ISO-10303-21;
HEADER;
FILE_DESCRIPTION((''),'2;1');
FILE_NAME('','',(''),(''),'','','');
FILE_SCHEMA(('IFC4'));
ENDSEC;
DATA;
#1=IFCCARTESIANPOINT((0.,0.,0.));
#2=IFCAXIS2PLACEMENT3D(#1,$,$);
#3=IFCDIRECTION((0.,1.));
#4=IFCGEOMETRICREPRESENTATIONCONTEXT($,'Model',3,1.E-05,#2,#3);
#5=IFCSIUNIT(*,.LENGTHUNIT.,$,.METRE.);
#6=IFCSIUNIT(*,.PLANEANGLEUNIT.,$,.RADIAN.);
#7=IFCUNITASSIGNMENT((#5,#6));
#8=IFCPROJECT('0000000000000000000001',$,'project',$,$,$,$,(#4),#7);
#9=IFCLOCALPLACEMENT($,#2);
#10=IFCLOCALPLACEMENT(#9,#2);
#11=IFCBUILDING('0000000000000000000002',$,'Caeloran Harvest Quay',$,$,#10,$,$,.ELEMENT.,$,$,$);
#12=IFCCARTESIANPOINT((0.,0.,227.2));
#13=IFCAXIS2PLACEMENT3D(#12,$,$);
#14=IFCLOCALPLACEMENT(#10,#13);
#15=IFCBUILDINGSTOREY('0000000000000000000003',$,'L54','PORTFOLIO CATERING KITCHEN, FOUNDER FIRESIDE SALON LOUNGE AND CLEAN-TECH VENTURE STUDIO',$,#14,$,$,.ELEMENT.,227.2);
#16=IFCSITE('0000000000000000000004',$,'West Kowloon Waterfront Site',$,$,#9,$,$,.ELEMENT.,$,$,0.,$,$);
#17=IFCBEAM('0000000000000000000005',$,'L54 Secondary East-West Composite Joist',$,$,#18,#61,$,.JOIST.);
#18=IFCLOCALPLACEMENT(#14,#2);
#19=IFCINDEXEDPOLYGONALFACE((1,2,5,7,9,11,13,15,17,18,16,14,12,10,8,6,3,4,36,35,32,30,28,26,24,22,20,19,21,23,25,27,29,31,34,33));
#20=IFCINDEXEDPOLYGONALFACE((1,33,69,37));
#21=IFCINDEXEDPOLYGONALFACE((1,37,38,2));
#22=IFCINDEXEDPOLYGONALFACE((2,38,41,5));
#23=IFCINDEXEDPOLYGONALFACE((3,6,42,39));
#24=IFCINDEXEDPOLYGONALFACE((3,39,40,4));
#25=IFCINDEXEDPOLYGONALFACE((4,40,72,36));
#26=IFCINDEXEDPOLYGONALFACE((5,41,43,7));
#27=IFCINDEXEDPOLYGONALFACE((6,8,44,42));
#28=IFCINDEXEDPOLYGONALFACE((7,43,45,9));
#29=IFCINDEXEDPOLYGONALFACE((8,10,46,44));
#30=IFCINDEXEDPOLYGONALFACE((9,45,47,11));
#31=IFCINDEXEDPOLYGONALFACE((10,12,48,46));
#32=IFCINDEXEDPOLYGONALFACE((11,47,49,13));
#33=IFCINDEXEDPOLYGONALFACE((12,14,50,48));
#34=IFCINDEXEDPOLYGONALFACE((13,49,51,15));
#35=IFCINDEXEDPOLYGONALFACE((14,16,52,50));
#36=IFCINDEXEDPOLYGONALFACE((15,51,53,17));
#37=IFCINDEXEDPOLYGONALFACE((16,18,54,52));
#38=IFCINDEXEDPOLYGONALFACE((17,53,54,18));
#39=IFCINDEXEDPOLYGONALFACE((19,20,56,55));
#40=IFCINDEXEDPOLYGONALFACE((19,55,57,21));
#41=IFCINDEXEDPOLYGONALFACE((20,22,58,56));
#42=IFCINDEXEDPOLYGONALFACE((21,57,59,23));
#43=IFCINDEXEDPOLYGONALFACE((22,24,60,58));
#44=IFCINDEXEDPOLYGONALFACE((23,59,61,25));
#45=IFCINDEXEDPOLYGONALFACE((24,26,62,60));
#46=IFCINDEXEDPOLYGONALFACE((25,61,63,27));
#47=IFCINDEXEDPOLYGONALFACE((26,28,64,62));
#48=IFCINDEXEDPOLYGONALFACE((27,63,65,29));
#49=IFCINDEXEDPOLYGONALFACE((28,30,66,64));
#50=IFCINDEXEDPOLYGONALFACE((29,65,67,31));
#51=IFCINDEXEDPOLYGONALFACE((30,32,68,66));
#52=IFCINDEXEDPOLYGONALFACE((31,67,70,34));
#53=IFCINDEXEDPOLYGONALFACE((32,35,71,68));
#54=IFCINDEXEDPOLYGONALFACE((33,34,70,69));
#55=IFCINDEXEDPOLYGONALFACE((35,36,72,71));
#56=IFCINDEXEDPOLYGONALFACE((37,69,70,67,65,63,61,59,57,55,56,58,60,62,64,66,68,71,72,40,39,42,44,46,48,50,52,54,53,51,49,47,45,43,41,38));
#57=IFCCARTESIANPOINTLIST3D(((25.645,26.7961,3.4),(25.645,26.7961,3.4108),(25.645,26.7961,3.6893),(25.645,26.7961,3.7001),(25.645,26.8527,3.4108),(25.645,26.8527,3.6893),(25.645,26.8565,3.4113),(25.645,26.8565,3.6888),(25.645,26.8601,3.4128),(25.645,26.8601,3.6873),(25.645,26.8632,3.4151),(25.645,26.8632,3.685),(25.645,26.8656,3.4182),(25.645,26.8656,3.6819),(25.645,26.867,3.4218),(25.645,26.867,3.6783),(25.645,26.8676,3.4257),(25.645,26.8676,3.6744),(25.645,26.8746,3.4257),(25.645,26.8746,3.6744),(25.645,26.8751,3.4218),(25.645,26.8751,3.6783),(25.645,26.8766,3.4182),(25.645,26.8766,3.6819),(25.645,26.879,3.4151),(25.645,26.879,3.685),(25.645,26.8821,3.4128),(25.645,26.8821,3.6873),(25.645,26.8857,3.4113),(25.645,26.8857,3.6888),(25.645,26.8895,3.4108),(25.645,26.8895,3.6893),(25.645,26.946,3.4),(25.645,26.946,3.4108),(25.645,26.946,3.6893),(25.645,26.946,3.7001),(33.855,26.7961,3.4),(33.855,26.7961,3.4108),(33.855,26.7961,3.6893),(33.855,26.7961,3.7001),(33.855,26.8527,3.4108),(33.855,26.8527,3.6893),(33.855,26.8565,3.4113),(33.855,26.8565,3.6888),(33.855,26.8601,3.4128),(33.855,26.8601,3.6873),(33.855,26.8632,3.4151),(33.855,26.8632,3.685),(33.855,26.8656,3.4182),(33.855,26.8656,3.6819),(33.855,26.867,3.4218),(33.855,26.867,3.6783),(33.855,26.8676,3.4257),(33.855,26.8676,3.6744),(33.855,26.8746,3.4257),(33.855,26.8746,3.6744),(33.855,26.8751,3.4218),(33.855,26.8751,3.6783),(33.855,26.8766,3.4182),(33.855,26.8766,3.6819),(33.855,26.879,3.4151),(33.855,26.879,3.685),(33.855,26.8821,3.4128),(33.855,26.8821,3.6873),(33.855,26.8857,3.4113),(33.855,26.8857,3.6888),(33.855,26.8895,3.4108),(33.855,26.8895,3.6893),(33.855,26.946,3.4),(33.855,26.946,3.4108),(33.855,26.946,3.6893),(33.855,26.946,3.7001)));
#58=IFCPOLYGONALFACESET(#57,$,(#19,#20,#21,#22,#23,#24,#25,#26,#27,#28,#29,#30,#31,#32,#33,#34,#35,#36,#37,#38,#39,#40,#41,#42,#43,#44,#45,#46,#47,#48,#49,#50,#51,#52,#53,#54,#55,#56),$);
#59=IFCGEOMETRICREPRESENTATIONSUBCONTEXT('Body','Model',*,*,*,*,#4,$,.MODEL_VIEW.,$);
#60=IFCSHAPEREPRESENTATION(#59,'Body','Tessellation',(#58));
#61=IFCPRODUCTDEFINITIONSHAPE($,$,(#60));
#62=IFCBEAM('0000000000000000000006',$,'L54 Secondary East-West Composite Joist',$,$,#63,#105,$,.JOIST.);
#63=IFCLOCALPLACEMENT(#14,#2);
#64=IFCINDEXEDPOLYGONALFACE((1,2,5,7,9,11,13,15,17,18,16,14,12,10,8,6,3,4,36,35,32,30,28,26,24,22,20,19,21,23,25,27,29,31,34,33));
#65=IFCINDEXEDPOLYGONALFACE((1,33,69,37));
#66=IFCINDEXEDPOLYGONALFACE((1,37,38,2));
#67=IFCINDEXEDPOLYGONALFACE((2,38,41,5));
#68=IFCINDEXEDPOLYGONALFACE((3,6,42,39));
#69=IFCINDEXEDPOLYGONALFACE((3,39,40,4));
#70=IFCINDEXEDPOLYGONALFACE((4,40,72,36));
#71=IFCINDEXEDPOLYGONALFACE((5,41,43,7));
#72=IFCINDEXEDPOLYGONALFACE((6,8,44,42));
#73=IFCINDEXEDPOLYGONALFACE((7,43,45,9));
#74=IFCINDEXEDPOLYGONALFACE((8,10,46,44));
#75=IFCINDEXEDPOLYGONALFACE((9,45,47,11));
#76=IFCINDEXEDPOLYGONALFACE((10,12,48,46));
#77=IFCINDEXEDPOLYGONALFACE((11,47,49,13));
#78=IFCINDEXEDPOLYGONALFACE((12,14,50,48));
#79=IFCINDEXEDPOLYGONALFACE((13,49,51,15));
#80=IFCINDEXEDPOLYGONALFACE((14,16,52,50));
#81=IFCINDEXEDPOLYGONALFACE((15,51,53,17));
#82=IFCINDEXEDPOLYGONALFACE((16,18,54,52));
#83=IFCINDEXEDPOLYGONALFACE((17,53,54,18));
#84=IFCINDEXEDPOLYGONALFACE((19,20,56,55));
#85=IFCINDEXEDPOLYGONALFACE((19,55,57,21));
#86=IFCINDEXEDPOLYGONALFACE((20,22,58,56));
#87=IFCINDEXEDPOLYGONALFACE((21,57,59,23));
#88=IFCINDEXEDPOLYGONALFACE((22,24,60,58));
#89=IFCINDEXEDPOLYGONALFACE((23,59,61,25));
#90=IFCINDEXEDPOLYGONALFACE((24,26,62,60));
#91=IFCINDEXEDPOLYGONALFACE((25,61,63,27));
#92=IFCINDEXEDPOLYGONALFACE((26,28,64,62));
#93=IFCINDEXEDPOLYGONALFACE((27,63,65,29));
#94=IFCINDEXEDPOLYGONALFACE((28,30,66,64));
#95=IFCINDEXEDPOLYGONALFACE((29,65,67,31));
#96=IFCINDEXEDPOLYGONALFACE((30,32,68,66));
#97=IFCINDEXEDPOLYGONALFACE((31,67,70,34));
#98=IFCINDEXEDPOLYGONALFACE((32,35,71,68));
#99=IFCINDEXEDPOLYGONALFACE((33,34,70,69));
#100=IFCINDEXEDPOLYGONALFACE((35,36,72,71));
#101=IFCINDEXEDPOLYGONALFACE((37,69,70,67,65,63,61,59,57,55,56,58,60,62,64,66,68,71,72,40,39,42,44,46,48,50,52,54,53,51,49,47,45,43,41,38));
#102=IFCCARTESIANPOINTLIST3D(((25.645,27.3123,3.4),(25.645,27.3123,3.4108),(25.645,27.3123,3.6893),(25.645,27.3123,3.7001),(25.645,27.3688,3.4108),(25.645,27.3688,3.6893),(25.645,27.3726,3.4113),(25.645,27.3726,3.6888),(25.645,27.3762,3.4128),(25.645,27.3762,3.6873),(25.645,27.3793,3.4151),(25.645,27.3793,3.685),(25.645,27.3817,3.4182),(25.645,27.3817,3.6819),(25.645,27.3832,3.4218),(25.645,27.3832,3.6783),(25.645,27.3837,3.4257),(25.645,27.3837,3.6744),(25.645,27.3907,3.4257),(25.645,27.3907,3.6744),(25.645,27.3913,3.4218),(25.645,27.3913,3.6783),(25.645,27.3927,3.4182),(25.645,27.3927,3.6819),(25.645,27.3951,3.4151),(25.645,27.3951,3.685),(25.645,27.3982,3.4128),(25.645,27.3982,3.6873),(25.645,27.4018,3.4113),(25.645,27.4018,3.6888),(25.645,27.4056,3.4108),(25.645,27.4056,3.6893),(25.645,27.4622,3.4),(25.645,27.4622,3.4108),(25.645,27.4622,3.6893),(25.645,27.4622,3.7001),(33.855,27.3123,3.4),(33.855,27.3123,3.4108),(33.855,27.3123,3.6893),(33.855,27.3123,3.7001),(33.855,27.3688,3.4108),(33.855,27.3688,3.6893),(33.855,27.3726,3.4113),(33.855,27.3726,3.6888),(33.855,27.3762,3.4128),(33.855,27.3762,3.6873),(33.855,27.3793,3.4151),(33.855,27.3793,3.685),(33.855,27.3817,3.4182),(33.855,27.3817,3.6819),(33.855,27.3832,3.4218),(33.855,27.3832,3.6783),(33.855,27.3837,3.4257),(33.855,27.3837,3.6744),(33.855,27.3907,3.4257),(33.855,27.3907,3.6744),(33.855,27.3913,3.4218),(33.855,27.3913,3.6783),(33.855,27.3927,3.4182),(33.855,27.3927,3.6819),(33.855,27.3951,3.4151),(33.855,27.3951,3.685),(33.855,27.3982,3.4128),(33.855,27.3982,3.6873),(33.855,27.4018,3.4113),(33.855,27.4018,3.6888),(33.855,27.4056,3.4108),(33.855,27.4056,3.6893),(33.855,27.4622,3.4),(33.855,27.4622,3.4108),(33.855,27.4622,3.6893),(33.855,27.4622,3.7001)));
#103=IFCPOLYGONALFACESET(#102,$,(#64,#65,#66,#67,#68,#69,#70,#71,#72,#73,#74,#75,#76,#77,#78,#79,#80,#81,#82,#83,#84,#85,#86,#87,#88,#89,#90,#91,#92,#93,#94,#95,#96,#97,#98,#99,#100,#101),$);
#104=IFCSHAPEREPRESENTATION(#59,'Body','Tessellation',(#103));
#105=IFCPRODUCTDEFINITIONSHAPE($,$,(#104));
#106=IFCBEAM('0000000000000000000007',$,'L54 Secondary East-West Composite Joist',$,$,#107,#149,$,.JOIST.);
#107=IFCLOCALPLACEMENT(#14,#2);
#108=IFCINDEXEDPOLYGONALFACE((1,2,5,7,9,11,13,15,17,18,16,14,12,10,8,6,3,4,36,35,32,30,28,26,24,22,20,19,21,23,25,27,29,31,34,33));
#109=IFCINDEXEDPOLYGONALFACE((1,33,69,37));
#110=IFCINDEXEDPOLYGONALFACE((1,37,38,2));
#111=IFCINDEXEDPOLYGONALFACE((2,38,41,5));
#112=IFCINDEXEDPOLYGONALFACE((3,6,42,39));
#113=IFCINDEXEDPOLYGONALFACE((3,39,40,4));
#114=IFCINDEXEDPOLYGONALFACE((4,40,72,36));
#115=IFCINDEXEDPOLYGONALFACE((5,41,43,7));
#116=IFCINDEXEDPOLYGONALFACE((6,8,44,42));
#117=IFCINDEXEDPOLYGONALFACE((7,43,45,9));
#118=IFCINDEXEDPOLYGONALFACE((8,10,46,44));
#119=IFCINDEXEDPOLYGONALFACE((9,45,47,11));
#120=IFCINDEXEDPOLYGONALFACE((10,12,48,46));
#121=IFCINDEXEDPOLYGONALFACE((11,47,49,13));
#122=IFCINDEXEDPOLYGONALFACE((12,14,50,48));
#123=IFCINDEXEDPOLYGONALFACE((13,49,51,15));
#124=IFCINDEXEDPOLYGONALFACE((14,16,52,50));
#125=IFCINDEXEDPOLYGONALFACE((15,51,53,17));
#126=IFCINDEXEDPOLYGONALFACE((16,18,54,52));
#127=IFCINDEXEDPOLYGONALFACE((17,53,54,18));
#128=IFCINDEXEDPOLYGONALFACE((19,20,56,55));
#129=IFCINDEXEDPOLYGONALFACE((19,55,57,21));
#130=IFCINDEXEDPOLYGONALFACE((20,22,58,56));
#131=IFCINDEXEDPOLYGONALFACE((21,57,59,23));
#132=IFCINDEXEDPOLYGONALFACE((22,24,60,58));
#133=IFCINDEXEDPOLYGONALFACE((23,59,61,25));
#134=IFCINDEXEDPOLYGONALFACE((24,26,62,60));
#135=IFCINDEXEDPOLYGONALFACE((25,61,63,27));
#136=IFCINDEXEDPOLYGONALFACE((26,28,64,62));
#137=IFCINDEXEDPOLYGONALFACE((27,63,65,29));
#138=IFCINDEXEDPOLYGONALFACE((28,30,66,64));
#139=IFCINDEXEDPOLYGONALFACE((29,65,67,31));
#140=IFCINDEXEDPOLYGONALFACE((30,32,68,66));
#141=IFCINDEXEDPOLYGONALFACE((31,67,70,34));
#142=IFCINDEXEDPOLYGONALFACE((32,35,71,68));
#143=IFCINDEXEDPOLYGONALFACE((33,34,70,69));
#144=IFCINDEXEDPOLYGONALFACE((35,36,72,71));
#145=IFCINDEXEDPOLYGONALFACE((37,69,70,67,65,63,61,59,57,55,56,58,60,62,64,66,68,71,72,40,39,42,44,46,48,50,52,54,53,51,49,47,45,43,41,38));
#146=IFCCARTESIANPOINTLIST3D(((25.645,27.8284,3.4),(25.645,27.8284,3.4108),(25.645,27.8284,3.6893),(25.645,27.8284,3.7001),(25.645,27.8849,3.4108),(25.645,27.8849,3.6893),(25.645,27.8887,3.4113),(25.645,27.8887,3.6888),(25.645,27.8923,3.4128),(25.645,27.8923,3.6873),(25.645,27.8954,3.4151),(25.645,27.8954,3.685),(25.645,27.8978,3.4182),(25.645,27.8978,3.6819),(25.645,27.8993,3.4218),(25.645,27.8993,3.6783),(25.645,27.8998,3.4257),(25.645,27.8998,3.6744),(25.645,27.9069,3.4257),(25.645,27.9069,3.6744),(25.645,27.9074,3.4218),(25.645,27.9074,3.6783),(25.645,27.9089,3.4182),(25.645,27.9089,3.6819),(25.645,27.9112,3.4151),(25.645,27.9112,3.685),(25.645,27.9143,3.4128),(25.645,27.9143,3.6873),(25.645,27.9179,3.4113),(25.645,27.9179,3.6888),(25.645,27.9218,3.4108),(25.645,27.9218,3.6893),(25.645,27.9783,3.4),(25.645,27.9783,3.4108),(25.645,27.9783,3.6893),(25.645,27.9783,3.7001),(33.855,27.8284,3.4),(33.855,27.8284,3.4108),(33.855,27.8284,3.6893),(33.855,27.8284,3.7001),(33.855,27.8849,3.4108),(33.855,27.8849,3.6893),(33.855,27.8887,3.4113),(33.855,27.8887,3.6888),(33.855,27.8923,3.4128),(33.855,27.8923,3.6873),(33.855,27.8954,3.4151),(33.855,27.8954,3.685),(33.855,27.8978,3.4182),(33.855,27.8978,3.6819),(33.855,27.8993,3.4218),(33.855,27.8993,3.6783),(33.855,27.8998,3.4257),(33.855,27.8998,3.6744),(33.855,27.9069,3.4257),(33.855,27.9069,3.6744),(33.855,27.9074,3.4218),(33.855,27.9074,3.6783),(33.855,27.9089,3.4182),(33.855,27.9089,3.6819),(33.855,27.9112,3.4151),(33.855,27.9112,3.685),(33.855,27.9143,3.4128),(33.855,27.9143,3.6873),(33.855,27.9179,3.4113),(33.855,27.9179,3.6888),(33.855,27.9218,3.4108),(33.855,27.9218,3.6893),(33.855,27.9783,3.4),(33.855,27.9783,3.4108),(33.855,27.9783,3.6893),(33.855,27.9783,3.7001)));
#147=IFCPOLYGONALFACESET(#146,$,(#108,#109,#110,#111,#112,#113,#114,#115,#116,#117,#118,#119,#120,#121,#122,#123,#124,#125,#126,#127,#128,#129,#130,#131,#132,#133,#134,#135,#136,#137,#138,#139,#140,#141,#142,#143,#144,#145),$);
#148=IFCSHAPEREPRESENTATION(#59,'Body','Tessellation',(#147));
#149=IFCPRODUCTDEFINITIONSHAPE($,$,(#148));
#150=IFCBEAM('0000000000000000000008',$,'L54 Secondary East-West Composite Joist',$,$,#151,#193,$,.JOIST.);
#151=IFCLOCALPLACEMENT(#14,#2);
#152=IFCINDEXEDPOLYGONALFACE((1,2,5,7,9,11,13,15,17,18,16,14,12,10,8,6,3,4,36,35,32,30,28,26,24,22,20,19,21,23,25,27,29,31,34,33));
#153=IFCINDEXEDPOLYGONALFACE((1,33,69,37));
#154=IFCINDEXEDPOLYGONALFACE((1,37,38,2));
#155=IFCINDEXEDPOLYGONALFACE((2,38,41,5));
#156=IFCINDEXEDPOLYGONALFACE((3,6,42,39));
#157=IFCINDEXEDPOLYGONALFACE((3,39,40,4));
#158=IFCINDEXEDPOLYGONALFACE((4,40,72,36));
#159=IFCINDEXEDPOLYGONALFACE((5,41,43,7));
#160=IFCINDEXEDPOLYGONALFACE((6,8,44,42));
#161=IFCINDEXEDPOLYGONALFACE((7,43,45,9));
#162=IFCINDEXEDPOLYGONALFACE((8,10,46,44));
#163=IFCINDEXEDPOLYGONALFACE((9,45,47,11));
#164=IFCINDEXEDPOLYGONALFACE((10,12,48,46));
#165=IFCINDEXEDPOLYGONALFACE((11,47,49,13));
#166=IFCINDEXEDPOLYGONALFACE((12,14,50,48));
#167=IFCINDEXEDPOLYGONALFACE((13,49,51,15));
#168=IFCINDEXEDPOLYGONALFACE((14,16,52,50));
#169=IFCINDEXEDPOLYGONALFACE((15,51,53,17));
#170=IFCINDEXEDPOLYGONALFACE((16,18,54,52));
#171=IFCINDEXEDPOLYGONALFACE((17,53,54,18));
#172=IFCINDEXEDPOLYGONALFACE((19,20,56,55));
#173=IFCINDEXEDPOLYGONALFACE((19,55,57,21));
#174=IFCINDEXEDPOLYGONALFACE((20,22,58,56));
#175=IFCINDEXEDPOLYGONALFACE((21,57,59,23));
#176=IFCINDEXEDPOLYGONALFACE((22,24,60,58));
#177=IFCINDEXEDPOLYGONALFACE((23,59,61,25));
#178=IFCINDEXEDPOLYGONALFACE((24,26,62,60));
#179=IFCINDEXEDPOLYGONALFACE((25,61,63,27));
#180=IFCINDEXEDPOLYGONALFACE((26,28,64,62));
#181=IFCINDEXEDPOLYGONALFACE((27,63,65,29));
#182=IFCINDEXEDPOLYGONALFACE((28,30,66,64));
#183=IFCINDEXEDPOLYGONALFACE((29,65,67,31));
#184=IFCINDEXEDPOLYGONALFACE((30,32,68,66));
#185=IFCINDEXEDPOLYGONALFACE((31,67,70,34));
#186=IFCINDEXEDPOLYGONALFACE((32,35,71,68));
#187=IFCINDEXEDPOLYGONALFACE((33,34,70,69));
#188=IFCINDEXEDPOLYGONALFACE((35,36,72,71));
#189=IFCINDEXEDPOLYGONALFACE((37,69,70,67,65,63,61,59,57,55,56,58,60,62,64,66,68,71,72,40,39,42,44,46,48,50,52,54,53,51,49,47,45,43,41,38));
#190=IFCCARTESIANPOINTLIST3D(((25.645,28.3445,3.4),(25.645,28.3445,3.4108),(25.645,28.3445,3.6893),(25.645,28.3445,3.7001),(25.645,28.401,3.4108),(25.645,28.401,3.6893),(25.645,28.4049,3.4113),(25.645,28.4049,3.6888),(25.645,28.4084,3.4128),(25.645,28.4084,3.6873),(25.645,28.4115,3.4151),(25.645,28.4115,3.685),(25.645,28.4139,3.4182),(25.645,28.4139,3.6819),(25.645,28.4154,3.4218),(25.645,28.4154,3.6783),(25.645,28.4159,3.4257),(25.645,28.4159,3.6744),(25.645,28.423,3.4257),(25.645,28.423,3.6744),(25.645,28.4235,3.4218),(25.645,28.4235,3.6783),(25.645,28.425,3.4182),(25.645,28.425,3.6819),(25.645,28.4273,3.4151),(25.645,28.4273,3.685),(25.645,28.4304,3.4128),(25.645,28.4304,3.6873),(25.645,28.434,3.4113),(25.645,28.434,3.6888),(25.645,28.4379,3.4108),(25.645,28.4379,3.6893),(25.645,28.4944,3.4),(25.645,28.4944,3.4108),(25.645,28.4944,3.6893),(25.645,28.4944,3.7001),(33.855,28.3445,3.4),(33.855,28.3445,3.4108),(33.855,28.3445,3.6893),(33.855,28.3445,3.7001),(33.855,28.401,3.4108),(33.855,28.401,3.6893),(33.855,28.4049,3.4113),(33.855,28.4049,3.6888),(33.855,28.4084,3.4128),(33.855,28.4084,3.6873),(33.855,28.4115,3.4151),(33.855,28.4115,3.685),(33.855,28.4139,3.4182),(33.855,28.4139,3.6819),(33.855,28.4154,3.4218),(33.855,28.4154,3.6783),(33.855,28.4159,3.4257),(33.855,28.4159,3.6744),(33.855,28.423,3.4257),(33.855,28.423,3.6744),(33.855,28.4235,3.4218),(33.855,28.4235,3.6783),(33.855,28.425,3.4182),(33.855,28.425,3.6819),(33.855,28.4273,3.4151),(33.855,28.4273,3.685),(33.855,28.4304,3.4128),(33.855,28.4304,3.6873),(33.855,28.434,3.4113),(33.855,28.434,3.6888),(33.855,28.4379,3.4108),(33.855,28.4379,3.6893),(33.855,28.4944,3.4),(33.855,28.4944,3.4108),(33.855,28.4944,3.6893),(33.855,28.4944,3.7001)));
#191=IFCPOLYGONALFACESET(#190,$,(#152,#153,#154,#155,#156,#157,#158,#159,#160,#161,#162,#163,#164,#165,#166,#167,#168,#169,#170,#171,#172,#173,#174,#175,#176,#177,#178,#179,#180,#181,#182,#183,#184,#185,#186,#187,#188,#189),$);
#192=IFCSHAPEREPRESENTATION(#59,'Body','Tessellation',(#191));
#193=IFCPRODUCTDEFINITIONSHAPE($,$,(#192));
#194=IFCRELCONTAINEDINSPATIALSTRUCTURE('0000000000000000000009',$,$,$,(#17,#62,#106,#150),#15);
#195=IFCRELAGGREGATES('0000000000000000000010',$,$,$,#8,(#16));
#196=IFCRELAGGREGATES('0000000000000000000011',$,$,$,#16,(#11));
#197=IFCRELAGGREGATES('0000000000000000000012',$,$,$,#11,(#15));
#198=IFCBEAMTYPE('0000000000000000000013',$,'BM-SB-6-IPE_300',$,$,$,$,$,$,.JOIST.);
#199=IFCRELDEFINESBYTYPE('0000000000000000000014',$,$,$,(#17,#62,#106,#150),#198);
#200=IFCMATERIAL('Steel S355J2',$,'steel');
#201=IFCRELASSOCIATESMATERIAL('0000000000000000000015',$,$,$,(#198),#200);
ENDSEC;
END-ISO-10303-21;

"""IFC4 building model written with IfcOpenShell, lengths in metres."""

from ifc_helpers import new_model, si_unit, direction, frame, origin, origin_2d, place, context, subcontext, project, spatial, i_section, extrude, material, material_profile, profile_set, type_object, element, save


model = new_model("IFC4")

# Units and contexts
model_context = context("Model", 3, precision=1e-05, world=origin(), true_north=direction((0.0, 1.0)))
body_context = subcontext(model_context, "Body", "Model", "MODEL_VIEW")
ifc_project = project(units=[si_unit("LENGTHUNIT", "METRE"), si_unit("PLANEANGLEUNIT", "RADIAN")], contexts=[model_context])

# Site, building, storey
site_placement = place(None, origin())
site = spatial("IfcSite", under=ifc_project, at=site_placement, Name="West Kowloon Waterfront Site", CompositionType="ELEMENT", RefElevation=0.0)
building_placement = place(site_placement, origin())
building = spatial("IfcBuilding", under=site, at=building_placement, Name="Caeloran Harvest Quay", CompositionType="ELEMENT")
storey_placement = place(building_placement, frame((0.0, 0.0, 227.2)))
storey = spatial("IfcBuildingStorey", under=building, at=storey_placement, Name="L54", Description="PORTFOLIO CATERING KITCHEN, FOUNDER FIRESIDE SALON LOUNGE AND CLEAN-TECH VENTURE STUDIO", CompositionType="ELEMENT", Elevation=227.2)

# Beams
ifc_material_1 = material(Name="Steel S355J2", Category="steel")
ifc_material_profile_1 = material_profile(ifc_material_1, i_section(OverallWidth=0.1499, OverallDepth=0.3, WebThickness=0.0071, FlangeThickness=0.0107, FilletRadius=0.0149, at=origin_2d()), Name="IPE 300")
ifc_profile_set_1 = profile_set([ifc_material_profile_1], Name="Steel S355J2")
beam_type_1 = type_object("IfcBeamType", Name="BM-SB-6-IPE_300", PredefinedType="JOIST", material=ifc_profile_set_1)
for number, where, z_axis, x_axis, name in (
    (1, (25.645, 26.8711, 3.55), (1.0, 0.0, 0.0), (0.0, 1.0, 0.0), "L54 Secondary East-West Composite Joist"),
    (2, (25.645, 27.3872, 3.55), (1.0, 0.0, 0.0), (0.0, 1.0, 0.0), "L54 Secondary East-West Composite Joist"),
    (3, (25.645, 27.9033, 3.55), (1.0, 0.0, 0.0), (0.0, 1.0, 0.0), "L54 Secondary East-West Composite Joist"),
    (4, (25.645, 28.4194, 3.55), (1.0, 0.0, 0.0), (0.0, 1.0, 0.0), "L54 Secondary East-West Composite Joist"),
):
    element("IfcBeam", number, at=place(storey_placement, frame(where, z_axis=z_axis, x_axis=x_axis)), inside=storey, type_object=beam_type_1, Name=name, PredefinedType="JOIST", context=body_context, shape_type="SweptSolid", body=[
        extrude(i_section(OverallWidth=0.1499, OverallDepth=0.3, WebThickness=0.0071, FlangeThickness=0.0107, FilletRadius=0.0149, at=origin_2d()), origin(), (0.0, 0.0, 1.0), 8.21),
    ])

save(model, "model.ifc")
